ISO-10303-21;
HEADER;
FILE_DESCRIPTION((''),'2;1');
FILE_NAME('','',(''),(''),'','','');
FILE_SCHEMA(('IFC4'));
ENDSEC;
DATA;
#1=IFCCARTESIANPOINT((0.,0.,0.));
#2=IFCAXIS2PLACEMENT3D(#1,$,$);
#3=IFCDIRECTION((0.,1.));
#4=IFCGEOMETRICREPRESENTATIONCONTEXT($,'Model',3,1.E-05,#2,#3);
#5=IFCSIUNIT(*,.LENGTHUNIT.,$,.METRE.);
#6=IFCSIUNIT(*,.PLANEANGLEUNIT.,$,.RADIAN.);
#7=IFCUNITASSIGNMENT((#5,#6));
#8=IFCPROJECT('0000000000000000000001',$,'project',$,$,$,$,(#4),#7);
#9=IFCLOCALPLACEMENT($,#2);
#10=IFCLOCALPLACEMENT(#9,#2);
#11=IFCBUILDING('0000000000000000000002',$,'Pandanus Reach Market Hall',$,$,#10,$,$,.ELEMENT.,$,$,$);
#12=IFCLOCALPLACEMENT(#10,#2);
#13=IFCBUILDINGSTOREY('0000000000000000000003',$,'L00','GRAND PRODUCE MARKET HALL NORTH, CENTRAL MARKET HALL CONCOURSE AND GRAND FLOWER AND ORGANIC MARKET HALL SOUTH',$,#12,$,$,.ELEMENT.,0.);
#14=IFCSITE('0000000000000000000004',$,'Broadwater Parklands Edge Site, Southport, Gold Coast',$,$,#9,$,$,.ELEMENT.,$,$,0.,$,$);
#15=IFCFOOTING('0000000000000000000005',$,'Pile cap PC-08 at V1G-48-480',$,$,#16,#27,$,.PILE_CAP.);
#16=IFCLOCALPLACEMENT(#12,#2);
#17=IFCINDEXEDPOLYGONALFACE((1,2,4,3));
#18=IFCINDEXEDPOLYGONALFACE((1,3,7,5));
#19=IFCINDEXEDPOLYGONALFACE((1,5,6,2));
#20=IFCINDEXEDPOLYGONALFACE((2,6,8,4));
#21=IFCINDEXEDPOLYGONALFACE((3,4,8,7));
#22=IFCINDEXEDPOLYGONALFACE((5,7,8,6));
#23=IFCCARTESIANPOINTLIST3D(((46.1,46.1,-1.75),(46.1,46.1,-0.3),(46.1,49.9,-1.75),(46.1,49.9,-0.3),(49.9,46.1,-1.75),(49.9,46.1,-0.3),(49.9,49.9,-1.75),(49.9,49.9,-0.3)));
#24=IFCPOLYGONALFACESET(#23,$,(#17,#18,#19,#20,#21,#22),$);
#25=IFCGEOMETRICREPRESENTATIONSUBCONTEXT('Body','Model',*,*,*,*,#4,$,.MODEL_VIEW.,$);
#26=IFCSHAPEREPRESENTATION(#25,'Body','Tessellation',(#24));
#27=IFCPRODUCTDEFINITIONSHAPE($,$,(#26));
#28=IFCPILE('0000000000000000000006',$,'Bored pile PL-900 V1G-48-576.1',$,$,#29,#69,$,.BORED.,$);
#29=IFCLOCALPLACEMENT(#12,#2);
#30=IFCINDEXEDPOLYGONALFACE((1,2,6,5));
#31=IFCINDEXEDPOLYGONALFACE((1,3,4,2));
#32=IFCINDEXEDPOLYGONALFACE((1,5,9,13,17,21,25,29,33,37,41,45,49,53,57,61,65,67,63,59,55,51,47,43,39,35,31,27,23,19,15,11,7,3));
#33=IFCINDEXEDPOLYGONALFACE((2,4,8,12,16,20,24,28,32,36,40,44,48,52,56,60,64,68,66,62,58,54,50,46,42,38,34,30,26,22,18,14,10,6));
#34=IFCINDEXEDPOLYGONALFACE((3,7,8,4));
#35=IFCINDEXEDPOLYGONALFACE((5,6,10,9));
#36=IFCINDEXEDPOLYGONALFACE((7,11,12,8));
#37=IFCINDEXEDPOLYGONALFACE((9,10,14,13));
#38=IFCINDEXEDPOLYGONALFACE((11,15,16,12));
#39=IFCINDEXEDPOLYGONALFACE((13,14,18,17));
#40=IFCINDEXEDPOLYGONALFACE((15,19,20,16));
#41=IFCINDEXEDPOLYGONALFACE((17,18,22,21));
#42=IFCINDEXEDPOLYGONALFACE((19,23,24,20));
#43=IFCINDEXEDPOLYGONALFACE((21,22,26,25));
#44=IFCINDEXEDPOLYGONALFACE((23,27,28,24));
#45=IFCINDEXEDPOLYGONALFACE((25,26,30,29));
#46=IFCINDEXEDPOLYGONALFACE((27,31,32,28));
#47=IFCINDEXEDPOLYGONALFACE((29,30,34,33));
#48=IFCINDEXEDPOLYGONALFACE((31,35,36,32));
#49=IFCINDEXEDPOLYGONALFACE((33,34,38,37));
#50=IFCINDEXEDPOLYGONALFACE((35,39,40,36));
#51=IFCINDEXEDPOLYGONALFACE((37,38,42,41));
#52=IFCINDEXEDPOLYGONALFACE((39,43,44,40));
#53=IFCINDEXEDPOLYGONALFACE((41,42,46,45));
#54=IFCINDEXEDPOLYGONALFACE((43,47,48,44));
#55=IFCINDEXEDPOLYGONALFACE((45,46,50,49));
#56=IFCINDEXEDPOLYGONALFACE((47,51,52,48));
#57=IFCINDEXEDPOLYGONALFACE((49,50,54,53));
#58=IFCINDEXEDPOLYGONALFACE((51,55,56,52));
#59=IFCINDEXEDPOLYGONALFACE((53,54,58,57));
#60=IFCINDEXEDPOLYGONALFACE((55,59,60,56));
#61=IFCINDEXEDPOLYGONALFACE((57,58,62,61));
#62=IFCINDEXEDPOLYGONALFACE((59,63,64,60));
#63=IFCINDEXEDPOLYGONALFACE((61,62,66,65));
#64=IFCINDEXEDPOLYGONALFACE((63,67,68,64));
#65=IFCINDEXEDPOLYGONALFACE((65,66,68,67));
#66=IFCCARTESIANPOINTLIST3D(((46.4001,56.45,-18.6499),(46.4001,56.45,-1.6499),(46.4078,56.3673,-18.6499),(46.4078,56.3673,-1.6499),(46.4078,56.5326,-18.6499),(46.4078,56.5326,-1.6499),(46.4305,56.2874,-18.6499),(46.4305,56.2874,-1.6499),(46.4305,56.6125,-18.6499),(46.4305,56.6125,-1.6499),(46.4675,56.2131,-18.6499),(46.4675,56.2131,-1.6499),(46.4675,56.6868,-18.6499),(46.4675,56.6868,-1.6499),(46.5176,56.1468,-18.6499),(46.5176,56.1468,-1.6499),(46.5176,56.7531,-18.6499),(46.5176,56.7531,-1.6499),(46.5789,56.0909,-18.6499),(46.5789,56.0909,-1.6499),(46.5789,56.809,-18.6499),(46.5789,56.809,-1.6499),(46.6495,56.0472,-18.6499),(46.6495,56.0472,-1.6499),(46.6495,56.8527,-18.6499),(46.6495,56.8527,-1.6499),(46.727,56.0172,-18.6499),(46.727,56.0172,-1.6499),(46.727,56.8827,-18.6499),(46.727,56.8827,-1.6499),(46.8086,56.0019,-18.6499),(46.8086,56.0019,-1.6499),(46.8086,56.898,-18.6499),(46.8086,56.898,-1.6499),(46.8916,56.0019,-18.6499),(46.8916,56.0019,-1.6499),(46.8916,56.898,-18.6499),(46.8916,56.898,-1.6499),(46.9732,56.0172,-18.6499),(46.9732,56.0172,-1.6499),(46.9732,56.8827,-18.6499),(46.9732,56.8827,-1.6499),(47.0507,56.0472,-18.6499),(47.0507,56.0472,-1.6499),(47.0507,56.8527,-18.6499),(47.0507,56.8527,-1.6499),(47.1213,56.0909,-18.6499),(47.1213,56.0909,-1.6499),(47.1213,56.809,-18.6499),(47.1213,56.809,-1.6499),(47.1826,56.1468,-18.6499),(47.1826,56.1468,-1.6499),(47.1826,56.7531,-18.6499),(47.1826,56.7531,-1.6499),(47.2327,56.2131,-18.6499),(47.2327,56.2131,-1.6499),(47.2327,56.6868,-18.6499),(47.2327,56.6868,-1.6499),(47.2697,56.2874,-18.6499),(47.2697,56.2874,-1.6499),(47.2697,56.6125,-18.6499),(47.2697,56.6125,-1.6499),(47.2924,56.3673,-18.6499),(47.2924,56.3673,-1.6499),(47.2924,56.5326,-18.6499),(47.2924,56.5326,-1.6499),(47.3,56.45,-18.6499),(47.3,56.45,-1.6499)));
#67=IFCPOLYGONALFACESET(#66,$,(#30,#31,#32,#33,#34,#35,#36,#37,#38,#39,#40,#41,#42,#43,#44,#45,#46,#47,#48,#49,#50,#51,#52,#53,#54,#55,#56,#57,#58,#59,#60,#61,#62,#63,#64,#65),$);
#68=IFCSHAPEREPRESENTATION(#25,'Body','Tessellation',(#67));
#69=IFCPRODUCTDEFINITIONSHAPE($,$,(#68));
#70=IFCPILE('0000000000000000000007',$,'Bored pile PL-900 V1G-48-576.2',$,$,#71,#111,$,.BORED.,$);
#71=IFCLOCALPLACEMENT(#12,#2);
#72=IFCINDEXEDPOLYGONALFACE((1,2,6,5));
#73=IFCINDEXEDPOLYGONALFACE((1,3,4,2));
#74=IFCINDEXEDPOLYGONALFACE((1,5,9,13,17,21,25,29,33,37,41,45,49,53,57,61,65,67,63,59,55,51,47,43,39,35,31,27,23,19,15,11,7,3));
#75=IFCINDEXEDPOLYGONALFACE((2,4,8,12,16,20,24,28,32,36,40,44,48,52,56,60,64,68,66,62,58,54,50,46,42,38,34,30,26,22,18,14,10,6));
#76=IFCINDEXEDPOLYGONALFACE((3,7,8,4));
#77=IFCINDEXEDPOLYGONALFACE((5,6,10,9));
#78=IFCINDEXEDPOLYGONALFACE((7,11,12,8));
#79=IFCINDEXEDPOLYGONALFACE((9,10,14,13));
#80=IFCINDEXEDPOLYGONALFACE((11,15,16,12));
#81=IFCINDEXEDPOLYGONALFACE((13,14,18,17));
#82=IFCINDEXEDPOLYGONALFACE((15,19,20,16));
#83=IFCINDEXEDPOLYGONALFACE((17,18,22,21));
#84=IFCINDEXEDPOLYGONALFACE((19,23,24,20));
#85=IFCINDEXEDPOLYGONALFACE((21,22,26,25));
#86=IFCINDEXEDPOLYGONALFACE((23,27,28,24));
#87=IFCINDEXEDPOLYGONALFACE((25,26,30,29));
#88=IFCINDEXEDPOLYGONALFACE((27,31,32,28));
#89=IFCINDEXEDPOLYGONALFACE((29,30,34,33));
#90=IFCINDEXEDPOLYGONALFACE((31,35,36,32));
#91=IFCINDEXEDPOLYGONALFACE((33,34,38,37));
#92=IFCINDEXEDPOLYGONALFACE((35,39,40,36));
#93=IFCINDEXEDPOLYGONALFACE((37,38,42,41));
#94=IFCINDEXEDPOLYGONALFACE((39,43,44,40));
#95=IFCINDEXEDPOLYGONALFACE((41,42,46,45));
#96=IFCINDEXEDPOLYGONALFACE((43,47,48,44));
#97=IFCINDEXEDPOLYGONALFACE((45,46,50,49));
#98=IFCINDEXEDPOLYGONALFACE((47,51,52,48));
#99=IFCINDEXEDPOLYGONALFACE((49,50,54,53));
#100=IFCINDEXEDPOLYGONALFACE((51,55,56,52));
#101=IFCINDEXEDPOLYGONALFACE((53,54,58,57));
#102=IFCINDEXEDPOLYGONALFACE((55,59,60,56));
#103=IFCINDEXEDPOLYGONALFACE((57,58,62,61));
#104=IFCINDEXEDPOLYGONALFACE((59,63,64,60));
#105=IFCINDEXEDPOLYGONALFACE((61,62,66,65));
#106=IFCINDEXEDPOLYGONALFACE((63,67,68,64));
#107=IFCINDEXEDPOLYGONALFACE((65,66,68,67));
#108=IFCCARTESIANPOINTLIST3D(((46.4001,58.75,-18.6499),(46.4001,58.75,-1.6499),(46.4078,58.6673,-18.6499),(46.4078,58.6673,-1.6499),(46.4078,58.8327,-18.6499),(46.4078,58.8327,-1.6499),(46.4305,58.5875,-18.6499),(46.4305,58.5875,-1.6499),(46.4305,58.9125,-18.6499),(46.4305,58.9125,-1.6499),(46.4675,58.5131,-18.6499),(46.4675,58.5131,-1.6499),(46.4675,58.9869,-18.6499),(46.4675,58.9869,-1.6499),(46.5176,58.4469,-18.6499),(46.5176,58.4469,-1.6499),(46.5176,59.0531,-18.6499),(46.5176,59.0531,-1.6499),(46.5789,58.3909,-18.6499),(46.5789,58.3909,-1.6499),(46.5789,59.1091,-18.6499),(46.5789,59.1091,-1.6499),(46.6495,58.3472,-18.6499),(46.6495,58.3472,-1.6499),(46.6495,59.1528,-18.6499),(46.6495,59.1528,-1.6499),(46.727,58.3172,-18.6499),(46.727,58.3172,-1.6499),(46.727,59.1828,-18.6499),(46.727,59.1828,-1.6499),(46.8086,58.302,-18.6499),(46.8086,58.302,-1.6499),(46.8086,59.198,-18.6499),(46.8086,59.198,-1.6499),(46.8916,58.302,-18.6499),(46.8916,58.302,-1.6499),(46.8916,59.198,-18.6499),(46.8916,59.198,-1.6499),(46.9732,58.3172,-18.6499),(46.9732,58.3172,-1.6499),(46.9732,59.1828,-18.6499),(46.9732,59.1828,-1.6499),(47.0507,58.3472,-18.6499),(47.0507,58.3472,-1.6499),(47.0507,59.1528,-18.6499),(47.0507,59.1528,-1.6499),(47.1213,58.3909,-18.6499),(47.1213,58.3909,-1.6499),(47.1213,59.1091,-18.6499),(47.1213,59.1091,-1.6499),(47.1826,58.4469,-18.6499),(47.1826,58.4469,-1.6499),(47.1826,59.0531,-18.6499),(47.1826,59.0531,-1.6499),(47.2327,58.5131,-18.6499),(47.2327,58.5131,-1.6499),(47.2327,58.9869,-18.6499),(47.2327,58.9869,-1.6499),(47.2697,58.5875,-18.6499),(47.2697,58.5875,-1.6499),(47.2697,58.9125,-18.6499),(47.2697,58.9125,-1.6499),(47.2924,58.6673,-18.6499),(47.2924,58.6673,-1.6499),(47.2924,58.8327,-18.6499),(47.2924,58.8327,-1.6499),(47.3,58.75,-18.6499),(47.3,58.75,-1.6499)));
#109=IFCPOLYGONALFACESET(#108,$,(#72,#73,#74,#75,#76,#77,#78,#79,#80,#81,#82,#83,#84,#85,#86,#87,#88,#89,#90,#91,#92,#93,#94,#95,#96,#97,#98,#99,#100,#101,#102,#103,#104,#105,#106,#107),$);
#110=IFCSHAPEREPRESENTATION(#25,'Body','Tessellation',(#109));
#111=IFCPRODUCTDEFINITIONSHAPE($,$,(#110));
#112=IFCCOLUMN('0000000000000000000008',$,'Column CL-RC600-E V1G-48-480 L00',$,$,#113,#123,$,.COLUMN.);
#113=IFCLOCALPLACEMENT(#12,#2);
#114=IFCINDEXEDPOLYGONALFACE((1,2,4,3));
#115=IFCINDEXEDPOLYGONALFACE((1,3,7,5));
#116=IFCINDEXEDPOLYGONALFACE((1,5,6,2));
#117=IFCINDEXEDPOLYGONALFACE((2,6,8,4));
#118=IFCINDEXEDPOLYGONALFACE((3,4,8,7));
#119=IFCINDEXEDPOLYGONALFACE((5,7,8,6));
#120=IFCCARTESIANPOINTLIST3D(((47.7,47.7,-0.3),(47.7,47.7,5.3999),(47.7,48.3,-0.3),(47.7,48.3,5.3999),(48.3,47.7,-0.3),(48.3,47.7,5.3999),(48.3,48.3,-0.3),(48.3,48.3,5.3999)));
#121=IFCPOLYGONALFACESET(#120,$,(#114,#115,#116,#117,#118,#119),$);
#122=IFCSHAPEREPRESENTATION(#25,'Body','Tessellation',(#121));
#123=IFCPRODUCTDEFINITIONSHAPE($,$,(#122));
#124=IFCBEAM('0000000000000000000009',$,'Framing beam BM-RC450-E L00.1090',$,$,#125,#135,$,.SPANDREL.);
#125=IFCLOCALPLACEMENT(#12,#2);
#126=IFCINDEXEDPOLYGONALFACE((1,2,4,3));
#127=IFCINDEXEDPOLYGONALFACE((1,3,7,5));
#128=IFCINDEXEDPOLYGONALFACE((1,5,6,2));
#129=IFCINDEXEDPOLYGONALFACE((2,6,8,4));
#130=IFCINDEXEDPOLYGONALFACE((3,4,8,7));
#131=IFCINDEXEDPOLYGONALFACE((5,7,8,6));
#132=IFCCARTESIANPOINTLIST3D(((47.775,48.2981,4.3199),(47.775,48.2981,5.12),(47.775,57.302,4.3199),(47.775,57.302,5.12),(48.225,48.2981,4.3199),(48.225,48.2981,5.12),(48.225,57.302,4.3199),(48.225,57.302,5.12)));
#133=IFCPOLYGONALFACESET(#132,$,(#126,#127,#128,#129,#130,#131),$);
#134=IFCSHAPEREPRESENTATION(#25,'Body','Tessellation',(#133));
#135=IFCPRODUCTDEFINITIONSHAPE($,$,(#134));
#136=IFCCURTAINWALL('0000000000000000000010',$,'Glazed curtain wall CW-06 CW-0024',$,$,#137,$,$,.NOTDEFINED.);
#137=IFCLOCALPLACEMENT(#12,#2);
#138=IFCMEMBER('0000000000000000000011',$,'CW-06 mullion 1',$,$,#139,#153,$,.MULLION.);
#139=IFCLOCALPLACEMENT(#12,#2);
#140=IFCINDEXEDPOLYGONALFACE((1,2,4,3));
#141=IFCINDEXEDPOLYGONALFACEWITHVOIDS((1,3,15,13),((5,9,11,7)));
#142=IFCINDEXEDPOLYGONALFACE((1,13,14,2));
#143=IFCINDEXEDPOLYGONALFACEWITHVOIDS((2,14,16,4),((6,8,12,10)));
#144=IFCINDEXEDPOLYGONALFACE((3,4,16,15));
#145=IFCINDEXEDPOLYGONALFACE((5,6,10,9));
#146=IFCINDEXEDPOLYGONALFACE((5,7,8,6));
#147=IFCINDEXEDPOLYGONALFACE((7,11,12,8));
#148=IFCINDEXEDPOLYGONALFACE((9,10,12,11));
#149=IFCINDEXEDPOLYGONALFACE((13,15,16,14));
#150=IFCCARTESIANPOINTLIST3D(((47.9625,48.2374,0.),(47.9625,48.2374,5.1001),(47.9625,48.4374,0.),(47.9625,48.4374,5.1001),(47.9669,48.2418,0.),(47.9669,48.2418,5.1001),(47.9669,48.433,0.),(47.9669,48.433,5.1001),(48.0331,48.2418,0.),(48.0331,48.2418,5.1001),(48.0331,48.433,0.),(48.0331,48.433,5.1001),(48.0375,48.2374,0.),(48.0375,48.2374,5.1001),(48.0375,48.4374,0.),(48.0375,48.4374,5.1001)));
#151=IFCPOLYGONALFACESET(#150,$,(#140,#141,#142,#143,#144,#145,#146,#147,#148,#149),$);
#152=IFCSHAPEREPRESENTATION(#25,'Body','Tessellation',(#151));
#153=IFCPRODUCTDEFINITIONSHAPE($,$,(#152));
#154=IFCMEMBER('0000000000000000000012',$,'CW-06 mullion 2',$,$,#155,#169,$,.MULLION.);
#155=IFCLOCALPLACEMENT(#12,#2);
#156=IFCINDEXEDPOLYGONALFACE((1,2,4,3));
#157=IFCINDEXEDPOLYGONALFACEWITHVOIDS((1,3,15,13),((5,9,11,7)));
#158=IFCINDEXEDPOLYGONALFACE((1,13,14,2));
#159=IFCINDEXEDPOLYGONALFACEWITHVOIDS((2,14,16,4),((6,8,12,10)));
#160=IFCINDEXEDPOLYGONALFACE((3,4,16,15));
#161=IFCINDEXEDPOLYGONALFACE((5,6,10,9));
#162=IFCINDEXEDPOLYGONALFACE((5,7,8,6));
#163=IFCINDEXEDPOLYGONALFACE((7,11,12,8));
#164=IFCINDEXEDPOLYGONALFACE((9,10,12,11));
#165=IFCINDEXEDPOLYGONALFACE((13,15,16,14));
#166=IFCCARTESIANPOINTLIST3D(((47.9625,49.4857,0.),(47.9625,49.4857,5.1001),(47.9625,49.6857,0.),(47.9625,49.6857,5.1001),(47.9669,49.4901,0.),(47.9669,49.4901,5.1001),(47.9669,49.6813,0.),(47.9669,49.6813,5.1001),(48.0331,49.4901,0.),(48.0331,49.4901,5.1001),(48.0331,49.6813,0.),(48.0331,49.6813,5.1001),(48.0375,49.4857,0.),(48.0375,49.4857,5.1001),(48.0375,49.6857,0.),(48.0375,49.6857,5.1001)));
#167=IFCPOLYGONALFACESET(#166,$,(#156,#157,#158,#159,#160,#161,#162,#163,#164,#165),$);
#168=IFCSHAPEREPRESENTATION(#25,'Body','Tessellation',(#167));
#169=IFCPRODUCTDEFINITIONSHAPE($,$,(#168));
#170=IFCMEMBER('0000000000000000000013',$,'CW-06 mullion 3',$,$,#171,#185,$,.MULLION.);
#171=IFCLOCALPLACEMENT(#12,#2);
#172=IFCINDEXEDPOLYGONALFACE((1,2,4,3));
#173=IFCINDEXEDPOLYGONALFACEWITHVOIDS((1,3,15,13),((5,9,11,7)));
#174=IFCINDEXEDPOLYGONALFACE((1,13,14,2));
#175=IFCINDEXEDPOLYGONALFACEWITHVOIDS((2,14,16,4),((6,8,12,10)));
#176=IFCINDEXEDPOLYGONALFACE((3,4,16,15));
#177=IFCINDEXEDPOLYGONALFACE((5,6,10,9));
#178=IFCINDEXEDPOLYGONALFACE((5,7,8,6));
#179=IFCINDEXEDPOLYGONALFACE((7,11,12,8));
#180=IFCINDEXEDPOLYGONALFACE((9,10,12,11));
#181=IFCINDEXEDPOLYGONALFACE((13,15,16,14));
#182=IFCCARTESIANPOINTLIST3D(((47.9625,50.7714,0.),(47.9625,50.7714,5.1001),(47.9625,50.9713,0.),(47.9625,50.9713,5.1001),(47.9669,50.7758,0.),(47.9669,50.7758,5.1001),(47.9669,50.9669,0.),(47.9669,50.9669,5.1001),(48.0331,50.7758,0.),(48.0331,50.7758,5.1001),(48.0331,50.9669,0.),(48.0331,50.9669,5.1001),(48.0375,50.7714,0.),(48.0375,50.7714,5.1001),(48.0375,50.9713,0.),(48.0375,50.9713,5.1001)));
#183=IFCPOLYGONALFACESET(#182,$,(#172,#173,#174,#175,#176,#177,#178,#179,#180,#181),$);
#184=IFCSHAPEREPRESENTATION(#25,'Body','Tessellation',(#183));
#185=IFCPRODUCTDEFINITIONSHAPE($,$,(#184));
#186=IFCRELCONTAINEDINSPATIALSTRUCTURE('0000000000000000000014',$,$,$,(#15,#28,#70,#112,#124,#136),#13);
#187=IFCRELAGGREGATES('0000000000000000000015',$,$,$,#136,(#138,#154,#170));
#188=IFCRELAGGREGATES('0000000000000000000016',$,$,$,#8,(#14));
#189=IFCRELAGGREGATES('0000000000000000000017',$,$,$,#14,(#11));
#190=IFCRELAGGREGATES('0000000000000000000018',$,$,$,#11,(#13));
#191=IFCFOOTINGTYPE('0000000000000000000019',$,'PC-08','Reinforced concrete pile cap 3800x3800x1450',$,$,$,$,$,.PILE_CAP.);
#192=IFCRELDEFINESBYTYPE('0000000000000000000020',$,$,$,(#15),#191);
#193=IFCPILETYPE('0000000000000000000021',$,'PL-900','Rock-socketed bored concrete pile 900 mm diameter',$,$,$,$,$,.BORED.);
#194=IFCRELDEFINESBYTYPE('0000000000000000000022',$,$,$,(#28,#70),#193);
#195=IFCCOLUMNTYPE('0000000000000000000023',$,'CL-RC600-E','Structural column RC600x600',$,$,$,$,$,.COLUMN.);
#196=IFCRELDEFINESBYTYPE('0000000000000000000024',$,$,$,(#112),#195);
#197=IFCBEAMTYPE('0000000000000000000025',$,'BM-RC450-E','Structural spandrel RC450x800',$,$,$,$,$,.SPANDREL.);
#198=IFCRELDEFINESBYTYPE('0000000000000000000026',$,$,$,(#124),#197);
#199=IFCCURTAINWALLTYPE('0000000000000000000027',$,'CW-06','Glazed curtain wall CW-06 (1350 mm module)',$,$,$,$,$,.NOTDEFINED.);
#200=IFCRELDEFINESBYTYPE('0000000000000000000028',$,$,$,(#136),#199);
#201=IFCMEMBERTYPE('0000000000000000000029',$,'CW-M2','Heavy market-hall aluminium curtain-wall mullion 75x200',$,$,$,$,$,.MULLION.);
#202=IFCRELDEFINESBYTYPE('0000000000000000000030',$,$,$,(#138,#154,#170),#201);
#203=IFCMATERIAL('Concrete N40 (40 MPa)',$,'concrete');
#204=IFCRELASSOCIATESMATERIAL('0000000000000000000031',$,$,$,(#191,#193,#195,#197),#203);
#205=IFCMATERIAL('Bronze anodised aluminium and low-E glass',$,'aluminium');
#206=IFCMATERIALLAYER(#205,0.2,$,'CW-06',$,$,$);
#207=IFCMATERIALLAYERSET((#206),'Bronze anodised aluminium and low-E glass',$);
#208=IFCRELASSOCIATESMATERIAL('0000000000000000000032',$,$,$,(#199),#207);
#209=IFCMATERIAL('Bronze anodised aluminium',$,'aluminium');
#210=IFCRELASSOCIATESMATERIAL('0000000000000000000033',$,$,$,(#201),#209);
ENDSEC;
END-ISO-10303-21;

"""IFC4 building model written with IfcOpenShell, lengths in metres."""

from ifc_helpers import new_model, si_unit, direction, frame, origin, origin_2d, place, context, subcontext, project, spatial, rectangle, hollow_rectangle, circle, extrude, material, layer, layer_set, material_profile, profile_set, type_object, element, aggregate, save


model = new_model("IFC4")

# Units and contexts
model_context = context("Model", 3, precision=1e-05, world=origin(), true_north=direction((0.0, 1.0)))
body_context = subcontext(model_context, "Body", "Model", "MODEL_VIEW")
ifc_project = project(units=[si_unit("LENGTHUNIT", "METRE"), si_unit("PLANEANGLEUNIT", "RADIAN")], contexts=[model_context])

# Site, building, storey
site_placement = place(None, origin())
site = spatial("IfcSite", under=ifc_project, at=site_placement, Name="Broadwater Parklands Edge Site, Southport, Gold Coast", CompositionType="ELEMENT", RefElevation=0.0)
building_placement = place(site_placement, origin())
building = spatial("IfcBuilding", under=site, at=building_placement, Name="Pandanus Reach Market Hall", CompositionType="ELEMENT")
storey_placement = place(building_placement, origin())
storey = spatial("IfcBuildingStorey", under=building, at=storey_placement, Name="L00", Description="GRAND PRODUCE MARKET HALL NORTH, CENTRAL MARKET HALL CONCOURSE AND GRAND FLOWER AND ORGANIC MARKET HALL SOUTH", CompositionType="ELEMENT", Elevation=0.0)

# Footing
ifc_material_1 = material(Name="Concrete N40 (40 MPa)", Category="concrete")
footing_type = type_object("IfcFootingType", Name="PC-08", Description="Reinforced concrete pile cap 3800x3800x1450", PredefinedType="PILE_CAP", material=ifc_material_1)
footing_placement = place(storey_placement, frame((48.0, 48.0, -1.75), z_axis=(0.0, 0.0, 1.0), x_axis=(1.0, 0.0, 0.0)))
element("IfcFooting", 1, at=footing_placement, inside=storey, type_object=footing_type, Name="Pile cap PC-08 at V1G-48-480", PredefinedType="PILE_CAP", context=body_context, shape_type="SweptSolid", body=[
    extrude(rectangle(XDim=3.8, YDim=3.8, at=origin_2d()), origin(), (0.0, 0.0, 1.0), 1.45),
])

# Piles
ifc_material_profile_1 = material_profile(ifc_material_1, circle(Radius=0.45, at=origin_2d()), Name="PILE-900D", Category="LoadBearing")
ifc_profile_set_1 = profile_set([ifc_material_profile_1], Name="Concrete N40 (40 MPa)")
pile_type = type_object("IfcPileType", Name="PL-900", Description="Rock-socketed bored concrete pile 900 mm diameter", PredefinedType="BORED", material=ifc_profile_set_1)
for number, where, z_axis, x_axis, name in (
    (2, (46.8501, 56.45, -1.6499), (0.0, 0.0, -1.0), (1.0, 0.0, 0.0), "Bored pile PL-900 V1G-48-576.1"),
    (3, (46.8501, 58.75, -1.6499), (0.0, 0.0, -1.0), (1.0, 0.0, 0.0), "Bored pile PL-900 V1G-48-576.2"),
):
    element("IfcPile", number, at=place(storey_placement, frame(where, z_axis=z_axis, x_axis=x_axis)), inside=storey, type_object=pile_type, Name=name, PredefinedType="BORED", context=body_context, shape_type="SweptSolid", body=[
        extrude(circle(Radius=0.45, at=origin_2d()), origin(), (0.0, 0.0, 1.0), 17.0),
    ])

# Column
ifc_material_profile_2 = material_profile(ifc_material_1, rectangle(XDim=0.6001, YDim=0.6001, at=origin_2d()), Name="RC600x600", Category="LoadBearing")
ifc_profile_set_2 = profile_set([ifc_material_profile_2], Name="Concrete N40 (40 MPa)")
column_type = type_object("IfcColumnType", Name="CL-RC600-E", Description="Structural column RC600x600", PredefinedType="COLUMN", material=ifc_profile_set_2)
column_placement = place(storey_placement, frame((48.0, 48.0, -0.3), z_axis=(0.0, 0.0, 1.0), x_axis=(1.0, 0.0, 0.0)))
element("IfcColumn", 4, at=column_placement, inside=storey, type_object=column_type, Name="Column CL-RC600-E V1G-48-480 L00", PredefinedType="COLUMN", context=body_context, shape_type="SweptSolid", body=[
    extrude(rectangle(XDim=0.6001, YDim=0.6001, at=origin_2d()), origin(), (0.0, 0.0, 1.0), 5.7),
])

# Beam
ifc_material_profile_3 = material_profile(ifc_material_1, rectangle(XDim=0.45, YDim=0.8, at=origin_2d()), Name="RC450x800", Category="LoadBearing")
ifc_profile_set_3 = profile_set([ifc_material_profile_3], Name="Concrete N40 (40 MPa)")
beam_type = type_object("IfcBeamType", Name="BM-RC450-E", Description="Structural spandrel RC450x800", PredefinedType="SPANDREL", material=ifc_profile_set_3)
beam_placement = place(storey_placement, frame((48.0, 48.2981, 4.72), z_axis=(0.0, 1.0, 0.0), x_axis=(-1.0, 0.0, 0.0)))
element("IfcBeam", 5, at=beam_placement, inside=storey, type_object=beam_type, Name="Framing beam BM-RC450-E L00.1090", PredefinedType="SPANDREL", context=body_context, shape_type="SweptSolid", body=[
    extrude(rectangle(XDim=0.45, YDim=0.8, at=origin_2d()), origin(), (0.0, 0.0, 1.0), 9.0039),
])

# Curtain wall, members
ifc_material_2 = material(Name="Bronze anodised aluminium and low-E glass", Category="aluminium")
ifc_layer_1 = layer(ifc_material_2, 0.2, Name="CW-06")
ifc_layer_set_1 = layer_set([ifc_layer_1], Name="Bronze anodised aluminium and low-E glass")
curtain_wall_type = type_object("IfcCurtainWallType", Name="CW-06", Description="Glazed curtain wall CW-06 (1350 mm module)", PredefinedType="NOTDEFINED", material=ifc_layer_set_1)
curtain_wall_placement = place(storey_placement, origin())
curtain_wall = element("IfcCurtainWall", 6, at=curtain_wall_placement, inside=storey, type_object=curtain_wall_type, Name="Glazed curtain wall CW-06 CW-0024", PredefinedType="NOTDEFINED")
ifc_material_3 = material(Name="Bronze anodised aluminium", Category="aluminium")
ifc_material_profile_4 = material_profile(ifc_material_3, hollow_rectangle(XDim=0.075, YDim=0.2, WallThickness=0.0044, at=origin_2d()), Name="ALU75x200", Category="LoadBearing")
ifc_profile_set_4 = profile_set([ifc_material_profile_4], Name="Bronze anodised aluminium")
member_type_1 = type_object("IfcMemberType", Name="CW-M2", Description="Heavy market-hall aluminium curtain-wall mullion 75x200", PredefinedType="MULLION", material=ifc_profile_set_4)
member_1_placement = place(storey_placement, frame((48.0, 48.3374, 0.0), z_axis=(0.0, 0.0, 1.0), x_axis=(-1.0, 0.0, 0.0)))
member_1 = element("IfcMember", 7, at=member_1_placement, type_object=member_type_1, Name="CW-06 mullion 1", PredefinedType="MULLION", context=body_context, shape_type="SweptSolid", body=[
    extrude(hollow_rectangle(XDim=0.075, YDim=0.2, WallThickness=0.0044, at=origin_2d()), origin(), (0.0, 0.0, 1.0), 5.1001),
])
member_2_placement = place(storey_placement, frame((48.0, 49.5857, 0.0), z_axis=(0.0, 0.0, 1.0), x_axis=(-1.0, 0.0, 0.0)))
member_2 = element("IfcMember", 8, at=member_2_placement, type_object=member_type_1, Name="CW-06 mullion 2", PredefinedType="MULLION", context=body_context, shape_type="SweptSolid", body=[
    extrude(hollow_rectangle(XDim=0.075, YDim=0.2, WallThickness=0.0044, at=origin_2d()), origin(), (0.0, 0.0, 1.0), 5.1001),
])
member_3_placement = place(storey_placement, frame((48.0, 50.8713, 0.0), z_axis=(0.0, 0.0, 1.0), x_axis=(-1.0, 0.0, 0.0)))
member_3 = element("IfcMember", 9, at=member_3_placement, type_object=member_type_1, Name="CW-06 mullion 3", PredefinedType="MULLION", context=body_context, shape_type="SweptSolid", body=[
    extrude(hollow_rectangle(XDim=0.075, YDim=0.2, WallThickness=0.0044, at=origin_2d()), origin(), (0.0, 0.0, 1.0), 5.1001),
])
aggregate(curtain_wall, [member_1, member_2, member_3])

save(model, "model.ifc")
